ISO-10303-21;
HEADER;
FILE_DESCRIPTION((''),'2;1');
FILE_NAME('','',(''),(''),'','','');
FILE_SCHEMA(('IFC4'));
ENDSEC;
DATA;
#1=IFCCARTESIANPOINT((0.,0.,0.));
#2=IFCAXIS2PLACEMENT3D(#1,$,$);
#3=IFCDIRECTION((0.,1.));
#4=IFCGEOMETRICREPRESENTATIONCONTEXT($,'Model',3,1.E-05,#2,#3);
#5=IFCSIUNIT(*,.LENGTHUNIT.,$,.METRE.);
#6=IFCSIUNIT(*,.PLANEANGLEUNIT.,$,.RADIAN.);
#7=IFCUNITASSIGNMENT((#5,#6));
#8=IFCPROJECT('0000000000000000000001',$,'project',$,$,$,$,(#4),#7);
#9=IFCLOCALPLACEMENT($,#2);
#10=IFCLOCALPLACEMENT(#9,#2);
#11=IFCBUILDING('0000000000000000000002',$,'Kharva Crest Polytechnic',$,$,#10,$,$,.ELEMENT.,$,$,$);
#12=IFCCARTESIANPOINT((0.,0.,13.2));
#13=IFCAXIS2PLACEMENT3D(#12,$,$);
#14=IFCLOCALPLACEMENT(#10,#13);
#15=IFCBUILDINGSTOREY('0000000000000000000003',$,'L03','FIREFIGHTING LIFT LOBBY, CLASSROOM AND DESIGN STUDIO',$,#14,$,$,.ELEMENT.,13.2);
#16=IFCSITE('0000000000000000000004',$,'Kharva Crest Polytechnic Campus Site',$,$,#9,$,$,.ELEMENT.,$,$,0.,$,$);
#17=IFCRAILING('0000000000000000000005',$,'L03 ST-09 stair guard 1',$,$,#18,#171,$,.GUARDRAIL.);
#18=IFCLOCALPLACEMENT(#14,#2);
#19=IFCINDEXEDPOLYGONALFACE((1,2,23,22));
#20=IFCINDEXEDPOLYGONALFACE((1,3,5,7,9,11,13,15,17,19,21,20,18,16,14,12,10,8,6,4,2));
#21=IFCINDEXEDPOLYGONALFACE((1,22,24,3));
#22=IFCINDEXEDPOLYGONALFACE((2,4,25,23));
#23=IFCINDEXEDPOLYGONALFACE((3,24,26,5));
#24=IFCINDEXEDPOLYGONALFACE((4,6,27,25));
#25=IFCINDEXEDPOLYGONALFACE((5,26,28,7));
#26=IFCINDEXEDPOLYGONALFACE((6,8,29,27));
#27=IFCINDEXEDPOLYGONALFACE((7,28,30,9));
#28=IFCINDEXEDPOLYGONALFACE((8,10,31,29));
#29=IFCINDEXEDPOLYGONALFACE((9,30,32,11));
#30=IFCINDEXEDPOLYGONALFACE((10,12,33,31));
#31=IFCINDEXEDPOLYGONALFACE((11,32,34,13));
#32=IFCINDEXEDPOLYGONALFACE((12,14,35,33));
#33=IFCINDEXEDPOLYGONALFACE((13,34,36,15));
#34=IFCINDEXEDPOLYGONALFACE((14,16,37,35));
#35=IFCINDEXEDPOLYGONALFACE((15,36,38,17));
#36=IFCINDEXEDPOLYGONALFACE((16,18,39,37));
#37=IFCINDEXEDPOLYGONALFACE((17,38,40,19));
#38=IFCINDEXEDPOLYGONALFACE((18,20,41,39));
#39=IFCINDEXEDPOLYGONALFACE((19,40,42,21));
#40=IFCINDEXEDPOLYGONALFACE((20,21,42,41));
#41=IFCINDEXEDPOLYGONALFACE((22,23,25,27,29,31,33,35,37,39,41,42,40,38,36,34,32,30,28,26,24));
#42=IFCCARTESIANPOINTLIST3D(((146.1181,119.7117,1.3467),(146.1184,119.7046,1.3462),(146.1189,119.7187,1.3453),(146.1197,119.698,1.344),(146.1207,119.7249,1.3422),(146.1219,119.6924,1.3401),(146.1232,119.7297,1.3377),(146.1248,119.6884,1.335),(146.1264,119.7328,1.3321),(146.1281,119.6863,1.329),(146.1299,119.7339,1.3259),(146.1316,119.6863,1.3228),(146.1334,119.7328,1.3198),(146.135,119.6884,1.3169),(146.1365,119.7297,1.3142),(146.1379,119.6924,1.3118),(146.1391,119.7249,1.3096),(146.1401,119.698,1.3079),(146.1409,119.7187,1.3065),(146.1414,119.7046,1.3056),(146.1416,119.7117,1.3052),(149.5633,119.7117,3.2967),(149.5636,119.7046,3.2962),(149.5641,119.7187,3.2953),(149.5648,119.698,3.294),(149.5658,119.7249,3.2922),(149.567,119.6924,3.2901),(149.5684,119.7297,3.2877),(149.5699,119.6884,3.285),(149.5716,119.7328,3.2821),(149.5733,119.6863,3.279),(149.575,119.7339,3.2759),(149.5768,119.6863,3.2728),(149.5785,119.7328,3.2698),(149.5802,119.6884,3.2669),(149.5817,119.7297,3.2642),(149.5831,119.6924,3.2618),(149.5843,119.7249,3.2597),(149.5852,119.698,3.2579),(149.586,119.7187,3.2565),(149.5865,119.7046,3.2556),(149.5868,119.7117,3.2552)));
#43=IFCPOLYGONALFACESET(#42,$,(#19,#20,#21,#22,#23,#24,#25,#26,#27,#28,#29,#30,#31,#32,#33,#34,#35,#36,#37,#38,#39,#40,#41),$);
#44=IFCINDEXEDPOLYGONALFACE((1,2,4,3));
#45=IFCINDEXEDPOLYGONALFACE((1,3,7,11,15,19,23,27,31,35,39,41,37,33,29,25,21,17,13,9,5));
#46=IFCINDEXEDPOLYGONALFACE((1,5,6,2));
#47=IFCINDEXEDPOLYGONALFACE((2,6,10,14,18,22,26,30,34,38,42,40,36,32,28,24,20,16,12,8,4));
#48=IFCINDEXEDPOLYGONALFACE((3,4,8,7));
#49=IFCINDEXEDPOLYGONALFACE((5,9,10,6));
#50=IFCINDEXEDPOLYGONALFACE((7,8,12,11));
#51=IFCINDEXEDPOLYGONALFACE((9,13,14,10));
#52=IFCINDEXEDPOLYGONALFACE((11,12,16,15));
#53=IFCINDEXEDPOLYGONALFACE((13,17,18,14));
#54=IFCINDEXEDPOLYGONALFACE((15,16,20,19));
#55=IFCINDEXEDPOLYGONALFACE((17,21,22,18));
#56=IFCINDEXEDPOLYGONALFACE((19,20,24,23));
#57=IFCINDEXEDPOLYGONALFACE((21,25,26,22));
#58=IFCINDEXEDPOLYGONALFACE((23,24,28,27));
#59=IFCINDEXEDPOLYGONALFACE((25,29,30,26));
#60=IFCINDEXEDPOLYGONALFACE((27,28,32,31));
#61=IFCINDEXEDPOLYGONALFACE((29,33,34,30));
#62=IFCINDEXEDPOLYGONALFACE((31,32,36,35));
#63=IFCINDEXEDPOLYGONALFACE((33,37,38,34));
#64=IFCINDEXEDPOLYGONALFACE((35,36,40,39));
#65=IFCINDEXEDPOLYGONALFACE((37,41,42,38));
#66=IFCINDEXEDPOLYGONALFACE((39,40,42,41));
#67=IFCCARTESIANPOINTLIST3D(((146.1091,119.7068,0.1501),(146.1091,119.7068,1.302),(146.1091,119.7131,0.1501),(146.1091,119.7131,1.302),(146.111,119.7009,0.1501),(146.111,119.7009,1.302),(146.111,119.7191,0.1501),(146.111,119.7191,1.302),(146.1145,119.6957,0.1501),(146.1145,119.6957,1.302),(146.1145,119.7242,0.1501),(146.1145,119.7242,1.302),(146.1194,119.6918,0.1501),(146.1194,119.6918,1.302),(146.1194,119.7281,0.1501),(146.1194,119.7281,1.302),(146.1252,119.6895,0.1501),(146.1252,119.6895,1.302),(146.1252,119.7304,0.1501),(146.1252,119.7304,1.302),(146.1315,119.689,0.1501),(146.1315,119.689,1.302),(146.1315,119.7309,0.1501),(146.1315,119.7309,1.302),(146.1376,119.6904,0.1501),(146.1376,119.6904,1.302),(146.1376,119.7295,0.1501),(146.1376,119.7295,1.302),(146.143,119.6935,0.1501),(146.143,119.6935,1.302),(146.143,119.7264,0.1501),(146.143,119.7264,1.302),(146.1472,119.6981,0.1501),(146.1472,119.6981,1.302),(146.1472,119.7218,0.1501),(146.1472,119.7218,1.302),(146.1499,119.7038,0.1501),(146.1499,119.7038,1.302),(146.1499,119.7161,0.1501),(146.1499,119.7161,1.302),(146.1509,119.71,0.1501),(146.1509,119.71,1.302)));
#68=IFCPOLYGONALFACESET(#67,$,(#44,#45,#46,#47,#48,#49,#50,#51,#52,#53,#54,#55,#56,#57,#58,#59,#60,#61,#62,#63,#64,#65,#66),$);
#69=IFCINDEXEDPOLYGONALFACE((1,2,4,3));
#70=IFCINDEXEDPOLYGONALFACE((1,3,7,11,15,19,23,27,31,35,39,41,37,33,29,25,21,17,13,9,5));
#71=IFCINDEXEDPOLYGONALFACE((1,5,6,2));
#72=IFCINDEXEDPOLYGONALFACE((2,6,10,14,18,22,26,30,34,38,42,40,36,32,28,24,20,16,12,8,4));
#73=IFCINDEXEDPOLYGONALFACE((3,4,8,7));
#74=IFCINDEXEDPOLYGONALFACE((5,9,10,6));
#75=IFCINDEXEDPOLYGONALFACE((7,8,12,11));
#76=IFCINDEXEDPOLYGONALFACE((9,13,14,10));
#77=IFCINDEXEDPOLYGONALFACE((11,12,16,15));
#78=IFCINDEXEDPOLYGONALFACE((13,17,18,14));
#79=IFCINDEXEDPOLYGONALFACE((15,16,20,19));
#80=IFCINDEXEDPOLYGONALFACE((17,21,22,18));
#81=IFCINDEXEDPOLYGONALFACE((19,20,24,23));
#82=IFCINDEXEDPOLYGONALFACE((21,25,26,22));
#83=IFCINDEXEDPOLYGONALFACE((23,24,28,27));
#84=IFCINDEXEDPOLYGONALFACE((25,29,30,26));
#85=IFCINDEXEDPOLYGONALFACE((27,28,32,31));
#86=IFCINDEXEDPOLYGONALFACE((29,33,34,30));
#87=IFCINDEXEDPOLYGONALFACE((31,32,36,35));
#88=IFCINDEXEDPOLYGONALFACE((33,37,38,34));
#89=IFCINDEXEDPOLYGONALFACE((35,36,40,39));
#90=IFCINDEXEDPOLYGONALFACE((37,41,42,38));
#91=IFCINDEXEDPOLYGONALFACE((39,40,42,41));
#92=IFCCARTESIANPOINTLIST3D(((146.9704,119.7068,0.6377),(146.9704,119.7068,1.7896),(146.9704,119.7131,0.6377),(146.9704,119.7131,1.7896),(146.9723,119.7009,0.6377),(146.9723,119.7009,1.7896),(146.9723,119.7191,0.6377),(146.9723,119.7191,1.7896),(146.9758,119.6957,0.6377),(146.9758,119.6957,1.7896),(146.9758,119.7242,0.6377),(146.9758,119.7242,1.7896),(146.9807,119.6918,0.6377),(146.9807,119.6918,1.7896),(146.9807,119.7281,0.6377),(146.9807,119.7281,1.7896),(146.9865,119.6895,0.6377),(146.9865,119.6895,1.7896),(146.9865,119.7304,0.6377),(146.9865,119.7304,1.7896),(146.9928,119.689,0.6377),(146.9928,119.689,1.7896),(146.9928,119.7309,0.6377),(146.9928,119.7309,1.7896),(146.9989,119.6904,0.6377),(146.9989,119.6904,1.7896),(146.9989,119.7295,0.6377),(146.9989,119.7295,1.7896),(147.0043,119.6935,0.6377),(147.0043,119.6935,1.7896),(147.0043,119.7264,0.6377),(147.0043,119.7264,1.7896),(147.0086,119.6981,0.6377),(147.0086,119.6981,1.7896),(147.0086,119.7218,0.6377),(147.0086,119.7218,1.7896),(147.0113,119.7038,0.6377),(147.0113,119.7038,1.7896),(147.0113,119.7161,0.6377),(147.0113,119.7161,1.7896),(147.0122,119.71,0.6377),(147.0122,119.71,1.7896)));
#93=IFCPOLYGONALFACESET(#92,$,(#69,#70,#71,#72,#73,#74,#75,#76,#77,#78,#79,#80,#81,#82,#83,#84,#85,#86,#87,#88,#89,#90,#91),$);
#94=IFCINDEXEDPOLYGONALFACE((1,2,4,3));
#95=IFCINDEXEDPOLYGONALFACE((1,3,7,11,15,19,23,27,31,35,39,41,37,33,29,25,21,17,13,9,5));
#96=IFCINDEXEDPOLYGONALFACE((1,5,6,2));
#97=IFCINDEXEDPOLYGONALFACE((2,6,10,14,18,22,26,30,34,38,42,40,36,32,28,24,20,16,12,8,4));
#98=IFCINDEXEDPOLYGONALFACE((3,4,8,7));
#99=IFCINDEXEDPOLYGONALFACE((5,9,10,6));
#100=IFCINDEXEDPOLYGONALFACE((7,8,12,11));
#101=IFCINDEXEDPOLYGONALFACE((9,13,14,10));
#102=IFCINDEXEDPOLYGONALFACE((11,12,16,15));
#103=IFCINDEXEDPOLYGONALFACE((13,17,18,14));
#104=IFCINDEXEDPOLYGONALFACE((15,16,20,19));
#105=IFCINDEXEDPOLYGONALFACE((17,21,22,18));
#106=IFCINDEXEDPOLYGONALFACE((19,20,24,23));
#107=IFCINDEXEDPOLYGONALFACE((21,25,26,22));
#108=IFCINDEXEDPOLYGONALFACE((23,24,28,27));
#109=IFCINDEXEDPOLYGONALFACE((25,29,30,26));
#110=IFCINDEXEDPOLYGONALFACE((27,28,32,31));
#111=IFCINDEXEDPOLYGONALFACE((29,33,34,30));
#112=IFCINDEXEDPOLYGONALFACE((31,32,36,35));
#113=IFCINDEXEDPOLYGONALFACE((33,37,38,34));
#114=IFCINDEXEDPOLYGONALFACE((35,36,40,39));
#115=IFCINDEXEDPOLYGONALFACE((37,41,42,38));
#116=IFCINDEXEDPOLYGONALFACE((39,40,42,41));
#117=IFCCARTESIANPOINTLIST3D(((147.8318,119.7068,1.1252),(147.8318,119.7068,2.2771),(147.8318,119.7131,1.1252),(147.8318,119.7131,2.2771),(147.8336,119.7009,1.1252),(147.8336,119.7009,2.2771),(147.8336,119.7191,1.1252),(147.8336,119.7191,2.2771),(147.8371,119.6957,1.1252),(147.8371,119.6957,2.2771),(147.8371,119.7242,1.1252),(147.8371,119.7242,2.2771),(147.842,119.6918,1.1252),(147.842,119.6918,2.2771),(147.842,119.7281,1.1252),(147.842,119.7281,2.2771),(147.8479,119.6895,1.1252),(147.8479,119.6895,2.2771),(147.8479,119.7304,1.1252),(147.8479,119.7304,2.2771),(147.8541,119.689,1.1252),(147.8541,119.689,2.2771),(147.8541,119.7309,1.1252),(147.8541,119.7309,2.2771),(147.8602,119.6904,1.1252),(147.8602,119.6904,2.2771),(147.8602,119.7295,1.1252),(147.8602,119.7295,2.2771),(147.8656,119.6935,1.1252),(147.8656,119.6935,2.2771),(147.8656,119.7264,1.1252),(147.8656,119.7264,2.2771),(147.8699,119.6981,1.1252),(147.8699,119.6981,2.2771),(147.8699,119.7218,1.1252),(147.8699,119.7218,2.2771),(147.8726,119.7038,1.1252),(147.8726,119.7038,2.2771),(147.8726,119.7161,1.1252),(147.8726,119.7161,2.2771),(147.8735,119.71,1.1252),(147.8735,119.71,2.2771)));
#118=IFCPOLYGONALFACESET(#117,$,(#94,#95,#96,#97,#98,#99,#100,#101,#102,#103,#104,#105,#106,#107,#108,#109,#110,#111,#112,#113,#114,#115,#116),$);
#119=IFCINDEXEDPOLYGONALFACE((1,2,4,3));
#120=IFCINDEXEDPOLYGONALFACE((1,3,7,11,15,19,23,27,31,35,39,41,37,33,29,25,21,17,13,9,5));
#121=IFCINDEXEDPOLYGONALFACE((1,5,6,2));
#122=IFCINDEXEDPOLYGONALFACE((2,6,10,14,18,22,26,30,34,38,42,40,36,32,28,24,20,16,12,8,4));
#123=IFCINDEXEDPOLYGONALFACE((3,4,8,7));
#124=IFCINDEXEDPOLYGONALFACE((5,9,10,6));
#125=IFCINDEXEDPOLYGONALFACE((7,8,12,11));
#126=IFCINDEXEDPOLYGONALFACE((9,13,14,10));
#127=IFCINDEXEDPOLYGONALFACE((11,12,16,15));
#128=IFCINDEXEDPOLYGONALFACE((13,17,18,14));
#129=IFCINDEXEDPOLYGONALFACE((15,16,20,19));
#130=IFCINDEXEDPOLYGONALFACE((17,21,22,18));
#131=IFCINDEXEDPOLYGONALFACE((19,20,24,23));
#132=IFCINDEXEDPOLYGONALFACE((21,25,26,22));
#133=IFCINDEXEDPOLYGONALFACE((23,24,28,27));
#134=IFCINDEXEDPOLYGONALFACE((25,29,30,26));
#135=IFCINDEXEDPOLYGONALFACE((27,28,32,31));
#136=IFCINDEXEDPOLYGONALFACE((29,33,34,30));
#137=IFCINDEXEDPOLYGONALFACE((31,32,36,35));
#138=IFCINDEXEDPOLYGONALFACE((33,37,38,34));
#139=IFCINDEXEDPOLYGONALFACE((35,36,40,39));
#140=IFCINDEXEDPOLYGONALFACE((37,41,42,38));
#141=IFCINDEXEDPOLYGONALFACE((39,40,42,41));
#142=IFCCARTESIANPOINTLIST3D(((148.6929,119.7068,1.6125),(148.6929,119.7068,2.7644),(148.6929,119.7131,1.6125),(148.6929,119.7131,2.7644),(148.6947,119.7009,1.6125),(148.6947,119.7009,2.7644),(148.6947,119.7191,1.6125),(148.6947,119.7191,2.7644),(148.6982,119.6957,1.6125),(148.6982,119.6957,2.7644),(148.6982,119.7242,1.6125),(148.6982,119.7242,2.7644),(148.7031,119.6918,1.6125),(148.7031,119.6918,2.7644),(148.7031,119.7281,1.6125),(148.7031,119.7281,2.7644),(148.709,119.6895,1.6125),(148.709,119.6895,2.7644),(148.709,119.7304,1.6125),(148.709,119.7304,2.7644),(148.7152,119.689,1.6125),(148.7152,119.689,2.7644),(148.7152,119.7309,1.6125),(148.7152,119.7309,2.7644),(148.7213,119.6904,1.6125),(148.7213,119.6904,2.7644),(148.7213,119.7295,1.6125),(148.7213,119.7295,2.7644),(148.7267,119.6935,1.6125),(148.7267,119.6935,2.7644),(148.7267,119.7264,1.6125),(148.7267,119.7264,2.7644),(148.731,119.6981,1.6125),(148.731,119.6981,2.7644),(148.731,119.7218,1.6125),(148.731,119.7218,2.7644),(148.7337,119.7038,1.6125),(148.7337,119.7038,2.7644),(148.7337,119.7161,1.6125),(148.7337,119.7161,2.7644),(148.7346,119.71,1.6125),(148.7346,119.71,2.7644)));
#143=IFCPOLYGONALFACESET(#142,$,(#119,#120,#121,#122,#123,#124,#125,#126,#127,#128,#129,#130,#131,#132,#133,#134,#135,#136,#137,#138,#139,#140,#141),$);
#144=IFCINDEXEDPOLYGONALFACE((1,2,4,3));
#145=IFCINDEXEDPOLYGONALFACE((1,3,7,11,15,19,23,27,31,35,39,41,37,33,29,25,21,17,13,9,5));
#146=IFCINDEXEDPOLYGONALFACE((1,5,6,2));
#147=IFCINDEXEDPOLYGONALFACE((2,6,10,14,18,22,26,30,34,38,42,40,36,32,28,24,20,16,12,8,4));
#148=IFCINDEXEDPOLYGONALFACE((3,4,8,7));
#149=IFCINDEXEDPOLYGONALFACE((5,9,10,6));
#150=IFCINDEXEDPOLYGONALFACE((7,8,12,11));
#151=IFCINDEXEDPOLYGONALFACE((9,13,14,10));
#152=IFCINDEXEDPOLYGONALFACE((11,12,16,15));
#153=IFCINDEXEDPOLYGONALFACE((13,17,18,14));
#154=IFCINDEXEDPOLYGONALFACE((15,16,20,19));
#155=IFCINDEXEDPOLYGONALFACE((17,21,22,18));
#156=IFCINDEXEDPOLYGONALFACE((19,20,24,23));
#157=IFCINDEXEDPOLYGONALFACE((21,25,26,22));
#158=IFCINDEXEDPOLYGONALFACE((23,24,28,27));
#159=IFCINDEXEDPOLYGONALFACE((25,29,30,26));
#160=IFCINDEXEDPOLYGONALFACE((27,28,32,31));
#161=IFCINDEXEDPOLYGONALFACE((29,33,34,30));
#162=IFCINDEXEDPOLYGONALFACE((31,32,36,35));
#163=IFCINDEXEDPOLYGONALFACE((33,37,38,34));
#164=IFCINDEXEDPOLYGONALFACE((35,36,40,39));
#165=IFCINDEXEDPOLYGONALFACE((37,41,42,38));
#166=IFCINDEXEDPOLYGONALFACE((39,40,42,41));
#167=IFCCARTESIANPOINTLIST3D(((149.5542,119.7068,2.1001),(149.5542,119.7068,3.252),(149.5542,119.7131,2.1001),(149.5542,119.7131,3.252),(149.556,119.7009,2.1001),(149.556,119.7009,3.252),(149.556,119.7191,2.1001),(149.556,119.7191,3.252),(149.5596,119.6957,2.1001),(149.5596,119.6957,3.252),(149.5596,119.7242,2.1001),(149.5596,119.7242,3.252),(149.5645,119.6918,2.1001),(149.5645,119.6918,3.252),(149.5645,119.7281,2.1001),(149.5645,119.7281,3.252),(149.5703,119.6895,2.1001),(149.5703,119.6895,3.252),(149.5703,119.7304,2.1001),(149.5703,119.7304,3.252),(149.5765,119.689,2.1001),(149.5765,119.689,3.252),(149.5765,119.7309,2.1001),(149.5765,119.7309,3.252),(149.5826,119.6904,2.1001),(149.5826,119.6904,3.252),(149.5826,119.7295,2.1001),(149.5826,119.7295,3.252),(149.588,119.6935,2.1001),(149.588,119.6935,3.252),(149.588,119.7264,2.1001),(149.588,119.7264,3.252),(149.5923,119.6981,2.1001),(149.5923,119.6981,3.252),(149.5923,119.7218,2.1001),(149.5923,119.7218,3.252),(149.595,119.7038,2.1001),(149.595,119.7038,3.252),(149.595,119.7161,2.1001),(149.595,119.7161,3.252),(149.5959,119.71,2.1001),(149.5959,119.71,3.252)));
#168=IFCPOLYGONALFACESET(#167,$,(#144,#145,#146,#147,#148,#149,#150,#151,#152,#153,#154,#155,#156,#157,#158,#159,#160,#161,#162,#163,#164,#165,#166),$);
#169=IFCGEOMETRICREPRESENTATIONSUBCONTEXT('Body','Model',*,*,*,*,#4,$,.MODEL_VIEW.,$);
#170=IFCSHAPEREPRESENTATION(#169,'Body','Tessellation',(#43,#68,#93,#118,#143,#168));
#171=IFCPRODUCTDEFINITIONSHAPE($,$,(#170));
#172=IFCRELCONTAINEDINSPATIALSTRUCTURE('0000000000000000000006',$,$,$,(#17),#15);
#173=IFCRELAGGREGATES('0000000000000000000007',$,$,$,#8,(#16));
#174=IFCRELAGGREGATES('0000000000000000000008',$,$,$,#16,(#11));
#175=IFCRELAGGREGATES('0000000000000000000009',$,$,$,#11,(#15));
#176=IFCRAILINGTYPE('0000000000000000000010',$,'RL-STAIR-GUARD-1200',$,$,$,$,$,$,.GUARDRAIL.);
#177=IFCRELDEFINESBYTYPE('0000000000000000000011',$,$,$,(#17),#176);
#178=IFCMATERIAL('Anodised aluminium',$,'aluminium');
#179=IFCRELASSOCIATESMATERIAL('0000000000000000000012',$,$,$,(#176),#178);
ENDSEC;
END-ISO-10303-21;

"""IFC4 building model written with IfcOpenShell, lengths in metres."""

from ifc_helpers import new_model, si_unit, direction, frame, origin, origin_2d, place, context, subcontext, project, spatial, circle, extrude, material, type_object, element, save


model = new_model("IFC4")

# Units and contexts
model_context = context("Model", 3, precision=1e-05, world=origin(), true_north=direction((0.0, 1.0)))
body_context = subcontext(model_context, "Body", "Model", "MODEL_VIEW")
ifc_project = project(units=[si_unit("LENGTHUNIT", "METRE"), si_unit("PLANEANGLEUNIT", "RADIAN")], contexts=[model_context])

# Site, building, storey
site_placement = place(None, origin())
site = spatial("IfcSite", under=ifc_project, at=site_placement, Name="Kharva Crest Polytechnic Campus Site", CompositionType="ELEMENT", RefElevation=0.0)
building_placement = place(site_placement, origin())
building = spatial("IfcBuilding", under=site, at=building_placement, Name="Kharva Crest Polytechnic", CompositionType="ELEMENT")
storey_placement = place(building_placement, frame((0.0, 0.0, 13.2)))
storey = spatial("IfcBuildingStorey", under=building, at=storey_placement, Name="L03", Description="FIREFIGHTING LIFT LOBBY, CLASSROOM AND DESIGN STUDIO", CompositionType="ELEMENT", Elevation=13.2)

# Railing
ifc_material_1 = material(Name="Anodised aluminium", Category="aluminium")
railing_type_1 = type_object("IfcRailingType", Name="RL-STAIR-GUARD-1200", PredefinedType="GUARDRAIL", material=ifc_material_1)
railing_1_placement = place(storey_placement, frame((146.1299, 119.71, 0.1501)))
element("IfcRailing", 1, at=railing_1_placement, inside=storey, type_object=railing_type_1, Name="L03 ST-09 stair guard 1", PredefinedType="GUARDRAIL", context=body_context, shape_type="SweptSolid", body=[
    extrude(circle(Radius=0.0239, at=origin_2d()), frame((0.0, 0.0, 1.1758), z_axis=(0.870266, 0.0, 0.492581), x_axis=(0.0, 1.0, 0.0)), (0.0, 0.0, 1.0), 3.9587),
    extrude(circle(Radius=0.021, at=origin_2d()), origin(), (0.0, 0.0, 1.0), 1.1519),
    extrude(circle(Radius=0.021, at=origin_2d()), frame((0.8613, 0.0, 0.4875)), (0.0, 0.0, 1.0), 1.1519),
    extrude(circle(Radius=0.021, at=origin_2d()), frame((1.7227, 0.0, 0.9751)), (0.0, 0.0, 1.0), 1.1519),
    extrude(circle(Radius=0.021, at=origin_2d()), frame((2.5837, 0.0, 1.4624)), (0.0, 0.0, 1.0), 1.1519),
    extrude(circle(Radius=0.021, at=origin_2d()), frame((3.4451, 0.0, 1.95)), (0.0, 0.0, 1.0), 1.1519),
])

save(model, "model.ifc")
